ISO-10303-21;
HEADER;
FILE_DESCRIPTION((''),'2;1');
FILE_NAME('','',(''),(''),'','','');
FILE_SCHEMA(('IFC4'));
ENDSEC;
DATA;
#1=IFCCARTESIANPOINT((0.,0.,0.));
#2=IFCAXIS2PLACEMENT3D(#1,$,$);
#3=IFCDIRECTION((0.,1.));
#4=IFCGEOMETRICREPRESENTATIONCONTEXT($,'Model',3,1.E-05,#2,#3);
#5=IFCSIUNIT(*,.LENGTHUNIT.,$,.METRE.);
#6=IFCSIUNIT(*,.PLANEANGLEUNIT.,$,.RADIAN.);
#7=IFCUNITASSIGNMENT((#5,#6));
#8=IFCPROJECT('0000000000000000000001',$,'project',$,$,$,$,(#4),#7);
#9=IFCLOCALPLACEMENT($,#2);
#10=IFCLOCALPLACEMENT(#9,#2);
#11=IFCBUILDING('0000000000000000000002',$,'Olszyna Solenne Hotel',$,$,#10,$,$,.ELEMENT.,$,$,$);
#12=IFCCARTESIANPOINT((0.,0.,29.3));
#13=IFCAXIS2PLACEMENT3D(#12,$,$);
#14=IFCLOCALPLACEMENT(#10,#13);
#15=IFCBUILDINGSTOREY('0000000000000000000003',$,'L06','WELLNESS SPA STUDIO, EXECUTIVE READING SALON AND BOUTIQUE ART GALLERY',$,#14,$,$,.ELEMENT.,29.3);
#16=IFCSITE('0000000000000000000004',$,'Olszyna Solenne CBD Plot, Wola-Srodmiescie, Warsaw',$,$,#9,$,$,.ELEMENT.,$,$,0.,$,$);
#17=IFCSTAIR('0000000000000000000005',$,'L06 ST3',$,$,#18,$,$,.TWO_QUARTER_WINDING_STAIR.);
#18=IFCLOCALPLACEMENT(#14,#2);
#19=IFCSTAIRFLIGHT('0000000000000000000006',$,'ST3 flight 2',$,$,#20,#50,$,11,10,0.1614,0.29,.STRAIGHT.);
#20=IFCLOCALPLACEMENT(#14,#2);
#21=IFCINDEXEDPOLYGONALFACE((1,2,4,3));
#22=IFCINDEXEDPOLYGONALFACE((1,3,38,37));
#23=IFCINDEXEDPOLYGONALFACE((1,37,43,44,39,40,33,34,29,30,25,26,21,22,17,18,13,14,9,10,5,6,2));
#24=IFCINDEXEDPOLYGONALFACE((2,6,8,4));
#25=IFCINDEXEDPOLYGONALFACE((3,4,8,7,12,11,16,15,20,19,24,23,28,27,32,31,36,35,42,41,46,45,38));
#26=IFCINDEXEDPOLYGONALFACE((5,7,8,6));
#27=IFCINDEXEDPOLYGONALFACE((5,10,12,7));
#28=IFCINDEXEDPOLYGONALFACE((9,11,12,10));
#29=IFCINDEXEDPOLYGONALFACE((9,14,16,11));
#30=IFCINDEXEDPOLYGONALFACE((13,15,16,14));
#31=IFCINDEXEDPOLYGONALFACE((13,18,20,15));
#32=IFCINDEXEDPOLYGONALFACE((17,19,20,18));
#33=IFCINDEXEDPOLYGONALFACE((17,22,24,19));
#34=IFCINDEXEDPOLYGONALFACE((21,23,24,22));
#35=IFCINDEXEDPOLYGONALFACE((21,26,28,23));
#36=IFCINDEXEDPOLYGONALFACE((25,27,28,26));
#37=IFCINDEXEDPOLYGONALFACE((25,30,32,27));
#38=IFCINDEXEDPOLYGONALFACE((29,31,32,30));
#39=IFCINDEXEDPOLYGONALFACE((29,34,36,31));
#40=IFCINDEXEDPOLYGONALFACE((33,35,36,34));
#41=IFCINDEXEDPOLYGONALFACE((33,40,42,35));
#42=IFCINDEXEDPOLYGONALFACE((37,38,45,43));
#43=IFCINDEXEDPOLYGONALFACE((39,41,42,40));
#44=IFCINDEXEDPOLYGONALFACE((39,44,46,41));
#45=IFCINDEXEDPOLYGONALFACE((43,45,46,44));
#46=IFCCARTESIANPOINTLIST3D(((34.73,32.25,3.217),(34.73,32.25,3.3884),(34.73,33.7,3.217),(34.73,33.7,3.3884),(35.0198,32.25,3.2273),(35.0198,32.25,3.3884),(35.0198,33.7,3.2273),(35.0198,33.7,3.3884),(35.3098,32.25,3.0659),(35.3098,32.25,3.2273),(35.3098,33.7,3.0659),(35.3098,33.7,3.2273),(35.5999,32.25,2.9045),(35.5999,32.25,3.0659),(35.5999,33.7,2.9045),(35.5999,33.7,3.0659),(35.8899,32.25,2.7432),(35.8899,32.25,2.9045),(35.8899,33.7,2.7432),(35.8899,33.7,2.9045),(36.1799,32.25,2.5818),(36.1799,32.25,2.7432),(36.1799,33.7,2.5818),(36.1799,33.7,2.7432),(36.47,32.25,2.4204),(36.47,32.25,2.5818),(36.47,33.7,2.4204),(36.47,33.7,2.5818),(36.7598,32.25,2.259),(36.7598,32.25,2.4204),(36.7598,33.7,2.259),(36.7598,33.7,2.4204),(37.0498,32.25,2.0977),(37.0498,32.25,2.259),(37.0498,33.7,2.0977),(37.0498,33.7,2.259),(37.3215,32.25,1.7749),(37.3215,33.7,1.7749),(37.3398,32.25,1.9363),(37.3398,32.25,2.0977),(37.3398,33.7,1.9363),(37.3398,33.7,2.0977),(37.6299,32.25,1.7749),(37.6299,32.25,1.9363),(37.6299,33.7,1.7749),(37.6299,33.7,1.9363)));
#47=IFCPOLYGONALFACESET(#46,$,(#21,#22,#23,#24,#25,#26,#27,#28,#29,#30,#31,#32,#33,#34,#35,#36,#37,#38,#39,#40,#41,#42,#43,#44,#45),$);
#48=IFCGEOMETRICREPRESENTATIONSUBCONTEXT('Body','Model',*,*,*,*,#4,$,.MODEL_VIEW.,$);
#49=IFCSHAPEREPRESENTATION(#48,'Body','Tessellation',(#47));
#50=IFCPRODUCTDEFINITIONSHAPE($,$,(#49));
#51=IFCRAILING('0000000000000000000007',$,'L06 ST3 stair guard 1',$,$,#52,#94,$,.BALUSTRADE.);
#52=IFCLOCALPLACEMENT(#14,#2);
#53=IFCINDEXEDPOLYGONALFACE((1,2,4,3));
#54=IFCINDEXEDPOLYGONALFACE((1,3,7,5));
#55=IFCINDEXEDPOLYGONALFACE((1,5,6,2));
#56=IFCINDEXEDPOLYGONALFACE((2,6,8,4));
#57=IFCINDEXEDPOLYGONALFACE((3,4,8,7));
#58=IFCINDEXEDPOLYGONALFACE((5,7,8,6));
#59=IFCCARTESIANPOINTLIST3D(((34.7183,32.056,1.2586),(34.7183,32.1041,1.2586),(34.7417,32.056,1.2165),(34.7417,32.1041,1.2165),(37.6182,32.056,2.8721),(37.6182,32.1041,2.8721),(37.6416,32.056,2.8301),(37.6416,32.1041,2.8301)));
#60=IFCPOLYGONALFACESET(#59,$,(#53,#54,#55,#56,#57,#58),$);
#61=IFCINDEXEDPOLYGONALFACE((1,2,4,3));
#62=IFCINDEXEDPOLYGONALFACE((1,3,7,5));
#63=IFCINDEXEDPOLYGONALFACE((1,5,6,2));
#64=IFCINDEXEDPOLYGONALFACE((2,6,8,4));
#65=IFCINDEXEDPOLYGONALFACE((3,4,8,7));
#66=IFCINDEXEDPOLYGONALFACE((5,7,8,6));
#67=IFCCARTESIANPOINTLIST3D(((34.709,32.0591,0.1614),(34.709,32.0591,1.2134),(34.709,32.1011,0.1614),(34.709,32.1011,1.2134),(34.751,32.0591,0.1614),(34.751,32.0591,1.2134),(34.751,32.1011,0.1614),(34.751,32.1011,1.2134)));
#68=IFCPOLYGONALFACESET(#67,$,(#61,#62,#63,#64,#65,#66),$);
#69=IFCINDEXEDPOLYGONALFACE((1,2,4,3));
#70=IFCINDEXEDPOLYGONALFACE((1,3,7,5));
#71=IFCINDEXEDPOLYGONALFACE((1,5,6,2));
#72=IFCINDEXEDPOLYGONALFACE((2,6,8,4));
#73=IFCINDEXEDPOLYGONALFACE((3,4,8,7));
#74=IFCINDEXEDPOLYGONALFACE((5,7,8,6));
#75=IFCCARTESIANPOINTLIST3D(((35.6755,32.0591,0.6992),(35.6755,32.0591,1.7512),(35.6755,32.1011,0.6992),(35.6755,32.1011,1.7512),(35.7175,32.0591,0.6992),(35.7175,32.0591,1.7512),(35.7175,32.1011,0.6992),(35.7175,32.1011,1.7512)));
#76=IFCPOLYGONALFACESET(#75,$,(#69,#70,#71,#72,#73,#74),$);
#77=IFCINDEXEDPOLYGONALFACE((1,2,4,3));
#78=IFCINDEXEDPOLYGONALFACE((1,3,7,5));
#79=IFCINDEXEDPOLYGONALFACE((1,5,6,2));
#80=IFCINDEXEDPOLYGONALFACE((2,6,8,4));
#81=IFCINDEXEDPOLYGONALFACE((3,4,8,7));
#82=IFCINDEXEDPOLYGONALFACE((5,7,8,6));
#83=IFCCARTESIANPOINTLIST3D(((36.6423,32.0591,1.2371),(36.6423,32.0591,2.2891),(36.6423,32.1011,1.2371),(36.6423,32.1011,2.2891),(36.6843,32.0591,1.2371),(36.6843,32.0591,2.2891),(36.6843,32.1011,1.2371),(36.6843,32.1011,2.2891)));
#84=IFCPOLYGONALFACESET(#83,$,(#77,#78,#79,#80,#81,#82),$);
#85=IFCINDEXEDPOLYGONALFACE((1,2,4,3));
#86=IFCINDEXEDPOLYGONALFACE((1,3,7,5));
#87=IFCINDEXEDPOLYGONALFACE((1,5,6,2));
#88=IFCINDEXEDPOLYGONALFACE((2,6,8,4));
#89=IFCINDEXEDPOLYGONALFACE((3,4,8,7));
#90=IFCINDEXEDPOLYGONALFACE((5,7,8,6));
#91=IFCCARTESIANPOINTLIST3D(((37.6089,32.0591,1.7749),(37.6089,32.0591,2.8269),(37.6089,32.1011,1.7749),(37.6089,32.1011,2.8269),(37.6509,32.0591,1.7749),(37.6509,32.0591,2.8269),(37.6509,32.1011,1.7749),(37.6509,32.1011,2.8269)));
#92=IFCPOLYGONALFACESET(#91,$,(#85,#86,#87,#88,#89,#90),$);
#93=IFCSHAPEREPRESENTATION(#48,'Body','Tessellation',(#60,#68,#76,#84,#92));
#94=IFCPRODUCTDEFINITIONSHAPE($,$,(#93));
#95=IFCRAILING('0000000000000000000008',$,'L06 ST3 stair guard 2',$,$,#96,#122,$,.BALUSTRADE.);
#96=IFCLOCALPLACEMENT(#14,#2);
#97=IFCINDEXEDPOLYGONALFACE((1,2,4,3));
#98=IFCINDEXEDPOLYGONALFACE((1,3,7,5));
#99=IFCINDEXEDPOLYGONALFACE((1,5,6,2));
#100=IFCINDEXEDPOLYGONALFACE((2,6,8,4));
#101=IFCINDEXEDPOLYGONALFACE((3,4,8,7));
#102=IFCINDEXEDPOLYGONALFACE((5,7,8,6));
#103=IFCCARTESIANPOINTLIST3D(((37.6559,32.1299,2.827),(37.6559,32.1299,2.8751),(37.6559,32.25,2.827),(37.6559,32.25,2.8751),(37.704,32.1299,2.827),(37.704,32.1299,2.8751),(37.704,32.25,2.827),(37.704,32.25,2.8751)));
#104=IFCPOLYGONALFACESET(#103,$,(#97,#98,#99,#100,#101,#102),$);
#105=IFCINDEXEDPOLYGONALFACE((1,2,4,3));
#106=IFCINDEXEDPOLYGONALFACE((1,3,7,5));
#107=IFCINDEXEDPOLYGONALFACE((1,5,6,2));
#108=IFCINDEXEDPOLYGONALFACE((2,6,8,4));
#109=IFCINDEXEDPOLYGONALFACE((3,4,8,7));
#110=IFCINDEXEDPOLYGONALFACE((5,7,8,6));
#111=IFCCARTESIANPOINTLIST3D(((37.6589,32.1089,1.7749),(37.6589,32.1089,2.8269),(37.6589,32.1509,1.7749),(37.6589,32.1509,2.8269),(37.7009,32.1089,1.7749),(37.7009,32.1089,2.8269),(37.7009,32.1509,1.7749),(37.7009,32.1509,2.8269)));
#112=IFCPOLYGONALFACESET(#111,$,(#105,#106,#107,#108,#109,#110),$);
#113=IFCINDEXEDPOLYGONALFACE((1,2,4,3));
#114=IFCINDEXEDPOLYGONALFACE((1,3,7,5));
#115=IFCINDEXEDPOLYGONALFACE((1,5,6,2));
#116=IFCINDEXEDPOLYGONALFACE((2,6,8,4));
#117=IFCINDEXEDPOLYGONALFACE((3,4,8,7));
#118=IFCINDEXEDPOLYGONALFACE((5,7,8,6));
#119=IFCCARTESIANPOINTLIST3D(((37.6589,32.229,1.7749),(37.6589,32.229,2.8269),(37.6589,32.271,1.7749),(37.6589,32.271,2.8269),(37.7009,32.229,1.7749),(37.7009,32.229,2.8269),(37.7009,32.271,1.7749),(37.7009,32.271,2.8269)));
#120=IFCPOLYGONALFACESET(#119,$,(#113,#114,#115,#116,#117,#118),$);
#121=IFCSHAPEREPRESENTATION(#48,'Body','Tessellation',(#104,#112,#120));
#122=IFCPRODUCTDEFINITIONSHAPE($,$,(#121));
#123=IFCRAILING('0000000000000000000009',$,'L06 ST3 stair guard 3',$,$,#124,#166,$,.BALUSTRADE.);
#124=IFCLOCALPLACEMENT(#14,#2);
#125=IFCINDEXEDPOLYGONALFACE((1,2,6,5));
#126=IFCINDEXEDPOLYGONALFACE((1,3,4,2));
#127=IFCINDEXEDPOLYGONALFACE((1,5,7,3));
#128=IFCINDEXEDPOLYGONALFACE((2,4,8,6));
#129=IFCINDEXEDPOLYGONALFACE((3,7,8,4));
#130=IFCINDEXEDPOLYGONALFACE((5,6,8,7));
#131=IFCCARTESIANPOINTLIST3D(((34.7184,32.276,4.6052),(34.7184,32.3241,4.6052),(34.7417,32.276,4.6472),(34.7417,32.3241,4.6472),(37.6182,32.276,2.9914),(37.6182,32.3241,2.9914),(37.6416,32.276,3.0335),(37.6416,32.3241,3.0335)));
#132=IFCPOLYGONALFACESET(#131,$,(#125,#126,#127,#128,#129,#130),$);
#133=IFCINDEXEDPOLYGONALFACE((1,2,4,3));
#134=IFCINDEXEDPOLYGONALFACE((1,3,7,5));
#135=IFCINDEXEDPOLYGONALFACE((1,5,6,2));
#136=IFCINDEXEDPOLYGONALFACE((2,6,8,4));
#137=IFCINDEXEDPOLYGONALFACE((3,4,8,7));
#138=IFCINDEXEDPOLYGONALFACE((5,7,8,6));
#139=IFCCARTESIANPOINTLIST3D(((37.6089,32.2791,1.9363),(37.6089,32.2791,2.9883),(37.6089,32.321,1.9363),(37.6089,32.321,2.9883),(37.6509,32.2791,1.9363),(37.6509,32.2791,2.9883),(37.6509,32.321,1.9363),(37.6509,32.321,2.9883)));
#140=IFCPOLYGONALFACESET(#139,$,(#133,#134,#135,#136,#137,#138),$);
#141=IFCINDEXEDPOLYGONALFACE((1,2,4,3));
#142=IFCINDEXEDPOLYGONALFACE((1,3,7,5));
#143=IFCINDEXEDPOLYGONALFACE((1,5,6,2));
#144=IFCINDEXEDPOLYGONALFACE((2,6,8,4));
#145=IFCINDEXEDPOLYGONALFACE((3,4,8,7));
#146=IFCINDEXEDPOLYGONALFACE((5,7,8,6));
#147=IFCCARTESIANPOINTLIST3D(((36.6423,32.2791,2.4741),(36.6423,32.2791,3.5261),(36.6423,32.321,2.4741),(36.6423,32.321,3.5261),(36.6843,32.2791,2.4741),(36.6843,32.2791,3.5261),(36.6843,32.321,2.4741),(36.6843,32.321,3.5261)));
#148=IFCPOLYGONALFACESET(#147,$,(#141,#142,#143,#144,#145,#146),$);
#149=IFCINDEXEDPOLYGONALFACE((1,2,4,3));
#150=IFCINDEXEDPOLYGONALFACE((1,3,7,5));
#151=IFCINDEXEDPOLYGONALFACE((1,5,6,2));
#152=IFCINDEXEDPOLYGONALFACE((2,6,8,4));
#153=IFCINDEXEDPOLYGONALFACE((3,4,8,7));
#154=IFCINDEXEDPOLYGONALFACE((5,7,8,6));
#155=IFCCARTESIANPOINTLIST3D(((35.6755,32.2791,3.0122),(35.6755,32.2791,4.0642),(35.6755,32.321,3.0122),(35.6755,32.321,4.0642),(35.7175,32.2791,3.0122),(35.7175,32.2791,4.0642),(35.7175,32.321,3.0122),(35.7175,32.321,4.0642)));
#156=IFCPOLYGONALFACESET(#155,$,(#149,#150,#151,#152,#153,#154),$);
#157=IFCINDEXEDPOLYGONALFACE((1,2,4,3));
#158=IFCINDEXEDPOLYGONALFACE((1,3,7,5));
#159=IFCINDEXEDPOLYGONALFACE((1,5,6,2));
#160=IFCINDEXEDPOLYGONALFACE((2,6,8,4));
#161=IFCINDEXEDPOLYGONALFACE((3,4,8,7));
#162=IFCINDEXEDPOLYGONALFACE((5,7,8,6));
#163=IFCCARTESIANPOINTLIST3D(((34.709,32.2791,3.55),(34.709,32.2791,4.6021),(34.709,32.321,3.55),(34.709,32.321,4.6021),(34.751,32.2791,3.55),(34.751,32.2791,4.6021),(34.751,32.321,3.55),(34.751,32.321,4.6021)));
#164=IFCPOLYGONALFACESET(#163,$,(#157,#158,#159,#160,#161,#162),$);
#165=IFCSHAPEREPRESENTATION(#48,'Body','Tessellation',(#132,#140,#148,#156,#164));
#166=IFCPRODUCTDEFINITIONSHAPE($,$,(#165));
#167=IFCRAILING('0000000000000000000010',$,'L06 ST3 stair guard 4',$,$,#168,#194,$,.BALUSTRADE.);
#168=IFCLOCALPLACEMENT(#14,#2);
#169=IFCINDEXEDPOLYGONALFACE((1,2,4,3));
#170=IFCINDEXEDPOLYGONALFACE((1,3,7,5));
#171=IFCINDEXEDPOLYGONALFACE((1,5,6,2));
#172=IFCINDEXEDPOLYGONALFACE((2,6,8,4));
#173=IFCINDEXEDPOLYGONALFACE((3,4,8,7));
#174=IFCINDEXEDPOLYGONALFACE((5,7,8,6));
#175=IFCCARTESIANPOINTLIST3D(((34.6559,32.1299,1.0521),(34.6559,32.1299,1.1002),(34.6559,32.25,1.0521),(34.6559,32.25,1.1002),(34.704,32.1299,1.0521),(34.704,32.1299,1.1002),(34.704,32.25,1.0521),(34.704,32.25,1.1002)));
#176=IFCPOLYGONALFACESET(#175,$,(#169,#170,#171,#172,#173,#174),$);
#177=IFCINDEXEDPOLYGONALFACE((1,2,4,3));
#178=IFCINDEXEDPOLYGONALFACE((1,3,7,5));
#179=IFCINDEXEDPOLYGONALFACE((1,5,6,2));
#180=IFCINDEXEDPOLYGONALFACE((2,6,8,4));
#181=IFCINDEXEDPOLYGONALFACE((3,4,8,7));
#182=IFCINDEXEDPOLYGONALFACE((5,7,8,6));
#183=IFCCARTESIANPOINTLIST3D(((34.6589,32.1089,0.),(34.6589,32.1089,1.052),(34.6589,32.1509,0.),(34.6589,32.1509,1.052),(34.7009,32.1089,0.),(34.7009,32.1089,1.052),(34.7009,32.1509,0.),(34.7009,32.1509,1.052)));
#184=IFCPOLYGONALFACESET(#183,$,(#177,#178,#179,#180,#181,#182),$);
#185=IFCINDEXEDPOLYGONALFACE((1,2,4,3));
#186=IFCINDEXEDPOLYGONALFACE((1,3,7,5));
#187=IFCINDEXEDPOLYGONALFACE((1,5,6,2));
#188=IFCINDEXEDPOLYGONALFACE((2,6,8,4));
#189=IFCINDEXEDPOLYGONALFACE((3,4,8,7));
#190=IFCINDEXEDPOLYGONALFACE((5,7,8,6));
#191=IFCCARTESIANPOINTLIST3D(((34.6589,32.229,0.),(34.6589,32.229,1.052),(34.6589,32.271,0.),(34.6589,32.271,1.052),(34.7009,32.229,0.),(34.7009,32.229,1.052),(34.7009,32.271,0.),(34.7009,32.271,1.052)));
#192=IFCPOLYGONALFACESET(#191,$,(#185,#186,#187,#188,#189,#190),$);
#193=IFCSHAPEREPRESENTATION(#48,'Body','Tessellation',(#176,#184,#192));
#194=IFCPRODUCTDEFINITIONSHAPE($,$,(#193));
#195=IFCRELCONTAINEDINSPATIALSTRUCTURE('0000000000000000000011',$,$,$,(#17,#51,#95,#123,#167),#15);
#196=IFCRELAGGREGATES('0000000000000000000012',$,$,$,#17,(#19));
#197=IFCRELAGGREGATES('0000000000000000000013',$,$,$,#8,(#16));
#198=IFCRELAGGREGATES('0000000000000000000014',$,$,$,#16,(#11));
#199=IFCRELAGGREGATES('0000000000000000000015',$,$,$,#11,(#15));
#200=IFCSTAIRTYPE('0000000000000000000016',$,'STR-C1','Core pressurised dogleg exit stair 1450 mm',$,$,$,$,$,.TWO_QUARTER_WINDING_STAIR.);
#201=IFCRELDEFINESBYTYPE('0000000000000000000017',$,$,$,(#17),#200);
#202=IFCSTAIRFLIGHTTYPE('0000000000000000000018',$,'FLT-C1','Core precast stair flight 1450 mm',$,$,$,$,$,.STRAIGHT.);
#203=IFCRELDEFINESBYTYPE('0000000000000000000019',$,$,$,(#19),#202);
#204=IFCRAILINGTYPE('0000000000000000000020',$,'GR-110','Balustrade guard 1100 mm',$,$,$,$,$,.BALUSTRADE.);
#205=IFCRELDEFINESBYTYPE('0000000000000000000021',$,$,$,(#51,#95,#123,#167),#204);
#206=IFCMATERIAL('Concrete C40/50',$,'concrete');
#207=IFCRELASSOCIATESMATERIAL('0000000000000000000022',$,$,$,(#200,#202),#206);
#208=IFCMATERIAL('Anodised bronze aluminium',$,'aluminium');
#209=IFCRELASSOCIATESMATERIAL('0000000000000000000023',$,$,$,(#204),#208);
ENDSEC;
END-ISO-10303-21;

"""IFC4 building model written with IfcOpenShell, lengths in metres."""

from ifc_helpers import new_model, si_unit, direction, frame, origin, origin_2d, place, context, subcontext, project, spatial, polyline, rectangle, outline, extrude, material, type_object, element, aggregate, save


model = new_model("IFC4")

# Units and contexts
model_context = context("Model", 3, precision=1e-05, world=origin(), true_north=direction((0.0, 1.0)))
body_context = subcontext(model_context, "Body", "Model", "MODEL_VIEW")
ifc_project = project(units=[si_unit("LENGTHUNIT", "METRE"), si_unit("PLANEANGLEUNIT", "RADIAN")], contexts=[model_context])

# Site, building, storey
site_placement = place(None, origin())
site = spatial("IfcSite", under=ifc_project, at=site_placement, Name="Olszyna Solenne CBD Plot, Wola-Srodmiescie, Warsaw", CompositionType="ELEMENT", RefElevation=0.0)
building_placement = place(site_placement, origin())
building = spatial("IfcBuilding", under=site, at=building_placement, Name="Olszyna Solenne Hotel", CompositionType="ELEMENT")
storey_placement = place(building_placement, frame((0.0, 0.0, 29.3)))
storey = spatial("IfcBuildingStorey", under=building, at=storey_placement, Name="L06", Description="WELLNESS SPA STUDIO, EXECUTIVE READING SALON AND BOUTIQUE ART GALLERY", CompositionType="ELEMENT", Elevation=29.3)

# Shared definitions
ifc_material_1 = material(Name="Anodised bronze aluminium", Category="aluminium")

# Stair, stair flight
ifc_material_2 = material(Name="Concrete C40/50", Category="concrete")
stair_type = type_object("IfcStairType", Name="STR-C1", Description="Core pressurised dogleg exit stair 1450 mm", PredefinedType="TWO_QUARTER_WINDING_STAIR", material=ifc_material_2)
stair_placement = place(storey_placement, origin())
stair = element("IfcStair", 1, at=stair_placement, inside=storey, type_object=stair_type, Name="L06 ST3", PredefinedType="TWO_QUARTER_WINDING_STAIR")
stair_flight_type = type_object("IfcStairFlightType", Name="FLT-C1", Description="Core precast stair flight 1450 mm", PredefinedType="STRAIGHT", material=ifc_material_2)
stair_flight_1_placement = place(storey_placement, frame((37.6299, 32.9751, 1.7749), z_axis=(0.0, 0.0, 1.0), x_axis=(-1.0, 0.0, 0.0)))
stair_flight_1 = element("IfcStairFlight", 2, at=stair_flight_1_placement, type_object=stair_flight_type, Name="ST3 flight 2", NumberOfRisers=11, NumberOfTreads=10, PredefinedType="STRAIGHT", RiserHeight=0.1614, TreadLength=0.29, context=body_context, shape_type="SweptSolid", body=[
    extrude(outline(polyline([(0.0, 0.0), (0.0, 0.1614), (0.29, 0.1614), (0.29, 0.3228), (0.5801, 0.3228), (0.5801, 0.4841), (0.8701, 0.4841), (0.8701, 0.6455), (1.1599, 0.6455), (1.1599, 0.8069), (1.45, 0.8069), (1.45, 0.9683), (1.74, 0.9683), (1.74, 1.1296), (2.03, 1.1296), (2.03, 1.291), (2.3201, 1.291), (2.3201, 1.4524), (2.6101, 1.4524), (2.6101, 1.6135), (2.8999, 1.6135), (2.8999, 1.7749), (2.8999, 1.4421), (0.3083, 0.0), (0.0, 0.0)])), frame((0.0, 0.7251, 0.0), z_axis=(0.0, -1.0, 0.0), x_axis=(1.0, 0.0, 0.0)), (0.0, 0.0, 1.0), 1.45),
])
aggregate(stair, [stair_flight_1])

# Railings
railing_type_1 = type_object("IfcRailingType", Name="GR-110", Description="Balustrade guard 1100 mm", PredefinedType="BALUSTRADE", material=ifc_material_1)
railing_1_placement = place(storey_placement, frame((34.73, 32.0801, 0.1614)))
element("IfcRailing", 3, at=railing_1_placement, inside=storey, type_object=railing_type_1, Name="L06 ST3 stair guard 1", PredefinedType="BALUSTRADE", context=body_context, shape_type="SweptSolid", body=[
    extrude(rectangle(XDim=0.0481, YDim=0.0481, at=origin_2d()), frame((0.0, 0.0, 1.0762), z_axis=(0.873841, 0.0, 0.486211), x_axis=(0.0, 1.0, 0.0)), (0.0, 0.0, 1.0), 3.3186),
    extrude(rectangle(XDim=0.042, YDim=0.042, at=origin_2d()), origin(), (0.0, 0.0, 1.0), 1.052),
    extrude(rectangle(XDim=0.042, YDim=0.042, at=origin_2d()), frame((0.9666, 0.0, 0.5378)), (0.0, 0.0, 1.0), 1.052),
    extrude(rectangle(XDim=0.042, YDim=0.042, at=origin_2d()), frame((1.9333, 0.0, 1.0757)), (0.0, 0.0, 1.0), 1.052),
    extrude(rectangle(XDim=0.042, YDim=0.042, at=origin_2d()), frame((2.8999, 0.0, 1.6135)), (0.0, 0.0, 1.0), 1.052),
])
railing_2_placement = place(storey_placement, frame((37.6799, 32.1299, 1.7749)))
element("IfcRailing", 4, at=railing_2_placement, inside=storey, type_object=railing_type_1, Name="L06 ST3 stair guard 2", PredefinedType="BALUSTRADE", context=body_context, shape_type="SweptSolid", body=[
    extrude(rectangle(XDim=0.0481, YDim=0.0481, at=origin_2d()), frame((0.0, 0.0, 1.0762), z_axis=(0.0, 1.0, 0.0), x_axis=(-1.0, 0.0, 0.0)), (0.0, 0.0, 1.0), 0.1201),
    extrude(rectangle(XDim=0.042, YDim=0.042, at=origin_2d()), origin(), (0.0, 0.0, 1.0), 1.052),
    extrude(rectangle(XDim=0.042, YDim=0.042, at=origin_2d()), frame((0.0, 0.1201, 0.0)), (0.0, 0.0, 1.0), 1.052),
])
railing_3_placement = place(storey_placement, frame((37.6299, 32.3, 1.9363)))
element("IfcRailing", 5, at=railing_3_placement, inside=storey, type_object=railing_type_1, Name="L06 ST3 stair guard 3", PredefinedType="BALUSTRADE", context=body_context, shape_type="SweptSolid", body=[
    extrude(rectangle(XDim=0.0481, YDim=0.0481, at=origin_2d()), frame((0.0, 0.0, 1.0762), z_axis=(-0.87381, 0.0, 0.486267), x_axis=(0.0, -1.0, 0.0)), (0.0, 0.0, 1.0), 3.3186),
    extrude(rectangle(XDim=0.042, YDim=0.042, at=origin_2d()), origin(), (0.0, 0.0, 1.0), 1.052),
    extrude(rectangle(XDim=0.042, YDim=0.042, at=origin_2d()), frame((-0.9666, 0.0, 0.5378)), (0.0, 0.0, 1.0), 1.052),
    extrude(rectangle(XDim=0.042, YDim=0.042, at=origin_2d()), frame((-1.9333, 0.0, 1.0759)), (0.0, 0.0, 1.0), 1.052),
    extrude(rectangle(XDim=0.042, YDim=0.042, at=origin_2d()), frame((-2.8999, 0.0, 1.6138)), (0.0, 0.0, 1.0), 1.052),
])
railing_4_placement = place(storey_placement, frame((34.6799, 32.1299, 0.0)))
element("IfcRailing", 6, at=railing_4_placement, inside=storey, type_object=railing_type_1, Name="L06 ST3 stair guard 4", PredefinedType="BALUSTRADE", context=body_context, shape_type="SweptSolid", body=[
    extrude(rectangle(XDim=0.0481, YDim=0.0481, at=origin_2d()), frame((0.0, 0.0, 1.0762), z_axis=(0.0, 1.0, 0.0), x_axis=(-1.0, 0.0, 0.0)), (0.0, 0.0, 1.0), 0.1201),
    extrude(rectangle(XDim=0.042, YDim=0.042, at=origin_2d()), origin(), (0.0, 0.0, 1.0), 1.052),
    extrude(rectangle(XDim=0.042, YDim=0.042, at=origin_2d()), frame((0.0, 0.1201, 0.0)), (0.0, 0.0, 1.0), 1.052),
])

save(model, "model.ifc")
